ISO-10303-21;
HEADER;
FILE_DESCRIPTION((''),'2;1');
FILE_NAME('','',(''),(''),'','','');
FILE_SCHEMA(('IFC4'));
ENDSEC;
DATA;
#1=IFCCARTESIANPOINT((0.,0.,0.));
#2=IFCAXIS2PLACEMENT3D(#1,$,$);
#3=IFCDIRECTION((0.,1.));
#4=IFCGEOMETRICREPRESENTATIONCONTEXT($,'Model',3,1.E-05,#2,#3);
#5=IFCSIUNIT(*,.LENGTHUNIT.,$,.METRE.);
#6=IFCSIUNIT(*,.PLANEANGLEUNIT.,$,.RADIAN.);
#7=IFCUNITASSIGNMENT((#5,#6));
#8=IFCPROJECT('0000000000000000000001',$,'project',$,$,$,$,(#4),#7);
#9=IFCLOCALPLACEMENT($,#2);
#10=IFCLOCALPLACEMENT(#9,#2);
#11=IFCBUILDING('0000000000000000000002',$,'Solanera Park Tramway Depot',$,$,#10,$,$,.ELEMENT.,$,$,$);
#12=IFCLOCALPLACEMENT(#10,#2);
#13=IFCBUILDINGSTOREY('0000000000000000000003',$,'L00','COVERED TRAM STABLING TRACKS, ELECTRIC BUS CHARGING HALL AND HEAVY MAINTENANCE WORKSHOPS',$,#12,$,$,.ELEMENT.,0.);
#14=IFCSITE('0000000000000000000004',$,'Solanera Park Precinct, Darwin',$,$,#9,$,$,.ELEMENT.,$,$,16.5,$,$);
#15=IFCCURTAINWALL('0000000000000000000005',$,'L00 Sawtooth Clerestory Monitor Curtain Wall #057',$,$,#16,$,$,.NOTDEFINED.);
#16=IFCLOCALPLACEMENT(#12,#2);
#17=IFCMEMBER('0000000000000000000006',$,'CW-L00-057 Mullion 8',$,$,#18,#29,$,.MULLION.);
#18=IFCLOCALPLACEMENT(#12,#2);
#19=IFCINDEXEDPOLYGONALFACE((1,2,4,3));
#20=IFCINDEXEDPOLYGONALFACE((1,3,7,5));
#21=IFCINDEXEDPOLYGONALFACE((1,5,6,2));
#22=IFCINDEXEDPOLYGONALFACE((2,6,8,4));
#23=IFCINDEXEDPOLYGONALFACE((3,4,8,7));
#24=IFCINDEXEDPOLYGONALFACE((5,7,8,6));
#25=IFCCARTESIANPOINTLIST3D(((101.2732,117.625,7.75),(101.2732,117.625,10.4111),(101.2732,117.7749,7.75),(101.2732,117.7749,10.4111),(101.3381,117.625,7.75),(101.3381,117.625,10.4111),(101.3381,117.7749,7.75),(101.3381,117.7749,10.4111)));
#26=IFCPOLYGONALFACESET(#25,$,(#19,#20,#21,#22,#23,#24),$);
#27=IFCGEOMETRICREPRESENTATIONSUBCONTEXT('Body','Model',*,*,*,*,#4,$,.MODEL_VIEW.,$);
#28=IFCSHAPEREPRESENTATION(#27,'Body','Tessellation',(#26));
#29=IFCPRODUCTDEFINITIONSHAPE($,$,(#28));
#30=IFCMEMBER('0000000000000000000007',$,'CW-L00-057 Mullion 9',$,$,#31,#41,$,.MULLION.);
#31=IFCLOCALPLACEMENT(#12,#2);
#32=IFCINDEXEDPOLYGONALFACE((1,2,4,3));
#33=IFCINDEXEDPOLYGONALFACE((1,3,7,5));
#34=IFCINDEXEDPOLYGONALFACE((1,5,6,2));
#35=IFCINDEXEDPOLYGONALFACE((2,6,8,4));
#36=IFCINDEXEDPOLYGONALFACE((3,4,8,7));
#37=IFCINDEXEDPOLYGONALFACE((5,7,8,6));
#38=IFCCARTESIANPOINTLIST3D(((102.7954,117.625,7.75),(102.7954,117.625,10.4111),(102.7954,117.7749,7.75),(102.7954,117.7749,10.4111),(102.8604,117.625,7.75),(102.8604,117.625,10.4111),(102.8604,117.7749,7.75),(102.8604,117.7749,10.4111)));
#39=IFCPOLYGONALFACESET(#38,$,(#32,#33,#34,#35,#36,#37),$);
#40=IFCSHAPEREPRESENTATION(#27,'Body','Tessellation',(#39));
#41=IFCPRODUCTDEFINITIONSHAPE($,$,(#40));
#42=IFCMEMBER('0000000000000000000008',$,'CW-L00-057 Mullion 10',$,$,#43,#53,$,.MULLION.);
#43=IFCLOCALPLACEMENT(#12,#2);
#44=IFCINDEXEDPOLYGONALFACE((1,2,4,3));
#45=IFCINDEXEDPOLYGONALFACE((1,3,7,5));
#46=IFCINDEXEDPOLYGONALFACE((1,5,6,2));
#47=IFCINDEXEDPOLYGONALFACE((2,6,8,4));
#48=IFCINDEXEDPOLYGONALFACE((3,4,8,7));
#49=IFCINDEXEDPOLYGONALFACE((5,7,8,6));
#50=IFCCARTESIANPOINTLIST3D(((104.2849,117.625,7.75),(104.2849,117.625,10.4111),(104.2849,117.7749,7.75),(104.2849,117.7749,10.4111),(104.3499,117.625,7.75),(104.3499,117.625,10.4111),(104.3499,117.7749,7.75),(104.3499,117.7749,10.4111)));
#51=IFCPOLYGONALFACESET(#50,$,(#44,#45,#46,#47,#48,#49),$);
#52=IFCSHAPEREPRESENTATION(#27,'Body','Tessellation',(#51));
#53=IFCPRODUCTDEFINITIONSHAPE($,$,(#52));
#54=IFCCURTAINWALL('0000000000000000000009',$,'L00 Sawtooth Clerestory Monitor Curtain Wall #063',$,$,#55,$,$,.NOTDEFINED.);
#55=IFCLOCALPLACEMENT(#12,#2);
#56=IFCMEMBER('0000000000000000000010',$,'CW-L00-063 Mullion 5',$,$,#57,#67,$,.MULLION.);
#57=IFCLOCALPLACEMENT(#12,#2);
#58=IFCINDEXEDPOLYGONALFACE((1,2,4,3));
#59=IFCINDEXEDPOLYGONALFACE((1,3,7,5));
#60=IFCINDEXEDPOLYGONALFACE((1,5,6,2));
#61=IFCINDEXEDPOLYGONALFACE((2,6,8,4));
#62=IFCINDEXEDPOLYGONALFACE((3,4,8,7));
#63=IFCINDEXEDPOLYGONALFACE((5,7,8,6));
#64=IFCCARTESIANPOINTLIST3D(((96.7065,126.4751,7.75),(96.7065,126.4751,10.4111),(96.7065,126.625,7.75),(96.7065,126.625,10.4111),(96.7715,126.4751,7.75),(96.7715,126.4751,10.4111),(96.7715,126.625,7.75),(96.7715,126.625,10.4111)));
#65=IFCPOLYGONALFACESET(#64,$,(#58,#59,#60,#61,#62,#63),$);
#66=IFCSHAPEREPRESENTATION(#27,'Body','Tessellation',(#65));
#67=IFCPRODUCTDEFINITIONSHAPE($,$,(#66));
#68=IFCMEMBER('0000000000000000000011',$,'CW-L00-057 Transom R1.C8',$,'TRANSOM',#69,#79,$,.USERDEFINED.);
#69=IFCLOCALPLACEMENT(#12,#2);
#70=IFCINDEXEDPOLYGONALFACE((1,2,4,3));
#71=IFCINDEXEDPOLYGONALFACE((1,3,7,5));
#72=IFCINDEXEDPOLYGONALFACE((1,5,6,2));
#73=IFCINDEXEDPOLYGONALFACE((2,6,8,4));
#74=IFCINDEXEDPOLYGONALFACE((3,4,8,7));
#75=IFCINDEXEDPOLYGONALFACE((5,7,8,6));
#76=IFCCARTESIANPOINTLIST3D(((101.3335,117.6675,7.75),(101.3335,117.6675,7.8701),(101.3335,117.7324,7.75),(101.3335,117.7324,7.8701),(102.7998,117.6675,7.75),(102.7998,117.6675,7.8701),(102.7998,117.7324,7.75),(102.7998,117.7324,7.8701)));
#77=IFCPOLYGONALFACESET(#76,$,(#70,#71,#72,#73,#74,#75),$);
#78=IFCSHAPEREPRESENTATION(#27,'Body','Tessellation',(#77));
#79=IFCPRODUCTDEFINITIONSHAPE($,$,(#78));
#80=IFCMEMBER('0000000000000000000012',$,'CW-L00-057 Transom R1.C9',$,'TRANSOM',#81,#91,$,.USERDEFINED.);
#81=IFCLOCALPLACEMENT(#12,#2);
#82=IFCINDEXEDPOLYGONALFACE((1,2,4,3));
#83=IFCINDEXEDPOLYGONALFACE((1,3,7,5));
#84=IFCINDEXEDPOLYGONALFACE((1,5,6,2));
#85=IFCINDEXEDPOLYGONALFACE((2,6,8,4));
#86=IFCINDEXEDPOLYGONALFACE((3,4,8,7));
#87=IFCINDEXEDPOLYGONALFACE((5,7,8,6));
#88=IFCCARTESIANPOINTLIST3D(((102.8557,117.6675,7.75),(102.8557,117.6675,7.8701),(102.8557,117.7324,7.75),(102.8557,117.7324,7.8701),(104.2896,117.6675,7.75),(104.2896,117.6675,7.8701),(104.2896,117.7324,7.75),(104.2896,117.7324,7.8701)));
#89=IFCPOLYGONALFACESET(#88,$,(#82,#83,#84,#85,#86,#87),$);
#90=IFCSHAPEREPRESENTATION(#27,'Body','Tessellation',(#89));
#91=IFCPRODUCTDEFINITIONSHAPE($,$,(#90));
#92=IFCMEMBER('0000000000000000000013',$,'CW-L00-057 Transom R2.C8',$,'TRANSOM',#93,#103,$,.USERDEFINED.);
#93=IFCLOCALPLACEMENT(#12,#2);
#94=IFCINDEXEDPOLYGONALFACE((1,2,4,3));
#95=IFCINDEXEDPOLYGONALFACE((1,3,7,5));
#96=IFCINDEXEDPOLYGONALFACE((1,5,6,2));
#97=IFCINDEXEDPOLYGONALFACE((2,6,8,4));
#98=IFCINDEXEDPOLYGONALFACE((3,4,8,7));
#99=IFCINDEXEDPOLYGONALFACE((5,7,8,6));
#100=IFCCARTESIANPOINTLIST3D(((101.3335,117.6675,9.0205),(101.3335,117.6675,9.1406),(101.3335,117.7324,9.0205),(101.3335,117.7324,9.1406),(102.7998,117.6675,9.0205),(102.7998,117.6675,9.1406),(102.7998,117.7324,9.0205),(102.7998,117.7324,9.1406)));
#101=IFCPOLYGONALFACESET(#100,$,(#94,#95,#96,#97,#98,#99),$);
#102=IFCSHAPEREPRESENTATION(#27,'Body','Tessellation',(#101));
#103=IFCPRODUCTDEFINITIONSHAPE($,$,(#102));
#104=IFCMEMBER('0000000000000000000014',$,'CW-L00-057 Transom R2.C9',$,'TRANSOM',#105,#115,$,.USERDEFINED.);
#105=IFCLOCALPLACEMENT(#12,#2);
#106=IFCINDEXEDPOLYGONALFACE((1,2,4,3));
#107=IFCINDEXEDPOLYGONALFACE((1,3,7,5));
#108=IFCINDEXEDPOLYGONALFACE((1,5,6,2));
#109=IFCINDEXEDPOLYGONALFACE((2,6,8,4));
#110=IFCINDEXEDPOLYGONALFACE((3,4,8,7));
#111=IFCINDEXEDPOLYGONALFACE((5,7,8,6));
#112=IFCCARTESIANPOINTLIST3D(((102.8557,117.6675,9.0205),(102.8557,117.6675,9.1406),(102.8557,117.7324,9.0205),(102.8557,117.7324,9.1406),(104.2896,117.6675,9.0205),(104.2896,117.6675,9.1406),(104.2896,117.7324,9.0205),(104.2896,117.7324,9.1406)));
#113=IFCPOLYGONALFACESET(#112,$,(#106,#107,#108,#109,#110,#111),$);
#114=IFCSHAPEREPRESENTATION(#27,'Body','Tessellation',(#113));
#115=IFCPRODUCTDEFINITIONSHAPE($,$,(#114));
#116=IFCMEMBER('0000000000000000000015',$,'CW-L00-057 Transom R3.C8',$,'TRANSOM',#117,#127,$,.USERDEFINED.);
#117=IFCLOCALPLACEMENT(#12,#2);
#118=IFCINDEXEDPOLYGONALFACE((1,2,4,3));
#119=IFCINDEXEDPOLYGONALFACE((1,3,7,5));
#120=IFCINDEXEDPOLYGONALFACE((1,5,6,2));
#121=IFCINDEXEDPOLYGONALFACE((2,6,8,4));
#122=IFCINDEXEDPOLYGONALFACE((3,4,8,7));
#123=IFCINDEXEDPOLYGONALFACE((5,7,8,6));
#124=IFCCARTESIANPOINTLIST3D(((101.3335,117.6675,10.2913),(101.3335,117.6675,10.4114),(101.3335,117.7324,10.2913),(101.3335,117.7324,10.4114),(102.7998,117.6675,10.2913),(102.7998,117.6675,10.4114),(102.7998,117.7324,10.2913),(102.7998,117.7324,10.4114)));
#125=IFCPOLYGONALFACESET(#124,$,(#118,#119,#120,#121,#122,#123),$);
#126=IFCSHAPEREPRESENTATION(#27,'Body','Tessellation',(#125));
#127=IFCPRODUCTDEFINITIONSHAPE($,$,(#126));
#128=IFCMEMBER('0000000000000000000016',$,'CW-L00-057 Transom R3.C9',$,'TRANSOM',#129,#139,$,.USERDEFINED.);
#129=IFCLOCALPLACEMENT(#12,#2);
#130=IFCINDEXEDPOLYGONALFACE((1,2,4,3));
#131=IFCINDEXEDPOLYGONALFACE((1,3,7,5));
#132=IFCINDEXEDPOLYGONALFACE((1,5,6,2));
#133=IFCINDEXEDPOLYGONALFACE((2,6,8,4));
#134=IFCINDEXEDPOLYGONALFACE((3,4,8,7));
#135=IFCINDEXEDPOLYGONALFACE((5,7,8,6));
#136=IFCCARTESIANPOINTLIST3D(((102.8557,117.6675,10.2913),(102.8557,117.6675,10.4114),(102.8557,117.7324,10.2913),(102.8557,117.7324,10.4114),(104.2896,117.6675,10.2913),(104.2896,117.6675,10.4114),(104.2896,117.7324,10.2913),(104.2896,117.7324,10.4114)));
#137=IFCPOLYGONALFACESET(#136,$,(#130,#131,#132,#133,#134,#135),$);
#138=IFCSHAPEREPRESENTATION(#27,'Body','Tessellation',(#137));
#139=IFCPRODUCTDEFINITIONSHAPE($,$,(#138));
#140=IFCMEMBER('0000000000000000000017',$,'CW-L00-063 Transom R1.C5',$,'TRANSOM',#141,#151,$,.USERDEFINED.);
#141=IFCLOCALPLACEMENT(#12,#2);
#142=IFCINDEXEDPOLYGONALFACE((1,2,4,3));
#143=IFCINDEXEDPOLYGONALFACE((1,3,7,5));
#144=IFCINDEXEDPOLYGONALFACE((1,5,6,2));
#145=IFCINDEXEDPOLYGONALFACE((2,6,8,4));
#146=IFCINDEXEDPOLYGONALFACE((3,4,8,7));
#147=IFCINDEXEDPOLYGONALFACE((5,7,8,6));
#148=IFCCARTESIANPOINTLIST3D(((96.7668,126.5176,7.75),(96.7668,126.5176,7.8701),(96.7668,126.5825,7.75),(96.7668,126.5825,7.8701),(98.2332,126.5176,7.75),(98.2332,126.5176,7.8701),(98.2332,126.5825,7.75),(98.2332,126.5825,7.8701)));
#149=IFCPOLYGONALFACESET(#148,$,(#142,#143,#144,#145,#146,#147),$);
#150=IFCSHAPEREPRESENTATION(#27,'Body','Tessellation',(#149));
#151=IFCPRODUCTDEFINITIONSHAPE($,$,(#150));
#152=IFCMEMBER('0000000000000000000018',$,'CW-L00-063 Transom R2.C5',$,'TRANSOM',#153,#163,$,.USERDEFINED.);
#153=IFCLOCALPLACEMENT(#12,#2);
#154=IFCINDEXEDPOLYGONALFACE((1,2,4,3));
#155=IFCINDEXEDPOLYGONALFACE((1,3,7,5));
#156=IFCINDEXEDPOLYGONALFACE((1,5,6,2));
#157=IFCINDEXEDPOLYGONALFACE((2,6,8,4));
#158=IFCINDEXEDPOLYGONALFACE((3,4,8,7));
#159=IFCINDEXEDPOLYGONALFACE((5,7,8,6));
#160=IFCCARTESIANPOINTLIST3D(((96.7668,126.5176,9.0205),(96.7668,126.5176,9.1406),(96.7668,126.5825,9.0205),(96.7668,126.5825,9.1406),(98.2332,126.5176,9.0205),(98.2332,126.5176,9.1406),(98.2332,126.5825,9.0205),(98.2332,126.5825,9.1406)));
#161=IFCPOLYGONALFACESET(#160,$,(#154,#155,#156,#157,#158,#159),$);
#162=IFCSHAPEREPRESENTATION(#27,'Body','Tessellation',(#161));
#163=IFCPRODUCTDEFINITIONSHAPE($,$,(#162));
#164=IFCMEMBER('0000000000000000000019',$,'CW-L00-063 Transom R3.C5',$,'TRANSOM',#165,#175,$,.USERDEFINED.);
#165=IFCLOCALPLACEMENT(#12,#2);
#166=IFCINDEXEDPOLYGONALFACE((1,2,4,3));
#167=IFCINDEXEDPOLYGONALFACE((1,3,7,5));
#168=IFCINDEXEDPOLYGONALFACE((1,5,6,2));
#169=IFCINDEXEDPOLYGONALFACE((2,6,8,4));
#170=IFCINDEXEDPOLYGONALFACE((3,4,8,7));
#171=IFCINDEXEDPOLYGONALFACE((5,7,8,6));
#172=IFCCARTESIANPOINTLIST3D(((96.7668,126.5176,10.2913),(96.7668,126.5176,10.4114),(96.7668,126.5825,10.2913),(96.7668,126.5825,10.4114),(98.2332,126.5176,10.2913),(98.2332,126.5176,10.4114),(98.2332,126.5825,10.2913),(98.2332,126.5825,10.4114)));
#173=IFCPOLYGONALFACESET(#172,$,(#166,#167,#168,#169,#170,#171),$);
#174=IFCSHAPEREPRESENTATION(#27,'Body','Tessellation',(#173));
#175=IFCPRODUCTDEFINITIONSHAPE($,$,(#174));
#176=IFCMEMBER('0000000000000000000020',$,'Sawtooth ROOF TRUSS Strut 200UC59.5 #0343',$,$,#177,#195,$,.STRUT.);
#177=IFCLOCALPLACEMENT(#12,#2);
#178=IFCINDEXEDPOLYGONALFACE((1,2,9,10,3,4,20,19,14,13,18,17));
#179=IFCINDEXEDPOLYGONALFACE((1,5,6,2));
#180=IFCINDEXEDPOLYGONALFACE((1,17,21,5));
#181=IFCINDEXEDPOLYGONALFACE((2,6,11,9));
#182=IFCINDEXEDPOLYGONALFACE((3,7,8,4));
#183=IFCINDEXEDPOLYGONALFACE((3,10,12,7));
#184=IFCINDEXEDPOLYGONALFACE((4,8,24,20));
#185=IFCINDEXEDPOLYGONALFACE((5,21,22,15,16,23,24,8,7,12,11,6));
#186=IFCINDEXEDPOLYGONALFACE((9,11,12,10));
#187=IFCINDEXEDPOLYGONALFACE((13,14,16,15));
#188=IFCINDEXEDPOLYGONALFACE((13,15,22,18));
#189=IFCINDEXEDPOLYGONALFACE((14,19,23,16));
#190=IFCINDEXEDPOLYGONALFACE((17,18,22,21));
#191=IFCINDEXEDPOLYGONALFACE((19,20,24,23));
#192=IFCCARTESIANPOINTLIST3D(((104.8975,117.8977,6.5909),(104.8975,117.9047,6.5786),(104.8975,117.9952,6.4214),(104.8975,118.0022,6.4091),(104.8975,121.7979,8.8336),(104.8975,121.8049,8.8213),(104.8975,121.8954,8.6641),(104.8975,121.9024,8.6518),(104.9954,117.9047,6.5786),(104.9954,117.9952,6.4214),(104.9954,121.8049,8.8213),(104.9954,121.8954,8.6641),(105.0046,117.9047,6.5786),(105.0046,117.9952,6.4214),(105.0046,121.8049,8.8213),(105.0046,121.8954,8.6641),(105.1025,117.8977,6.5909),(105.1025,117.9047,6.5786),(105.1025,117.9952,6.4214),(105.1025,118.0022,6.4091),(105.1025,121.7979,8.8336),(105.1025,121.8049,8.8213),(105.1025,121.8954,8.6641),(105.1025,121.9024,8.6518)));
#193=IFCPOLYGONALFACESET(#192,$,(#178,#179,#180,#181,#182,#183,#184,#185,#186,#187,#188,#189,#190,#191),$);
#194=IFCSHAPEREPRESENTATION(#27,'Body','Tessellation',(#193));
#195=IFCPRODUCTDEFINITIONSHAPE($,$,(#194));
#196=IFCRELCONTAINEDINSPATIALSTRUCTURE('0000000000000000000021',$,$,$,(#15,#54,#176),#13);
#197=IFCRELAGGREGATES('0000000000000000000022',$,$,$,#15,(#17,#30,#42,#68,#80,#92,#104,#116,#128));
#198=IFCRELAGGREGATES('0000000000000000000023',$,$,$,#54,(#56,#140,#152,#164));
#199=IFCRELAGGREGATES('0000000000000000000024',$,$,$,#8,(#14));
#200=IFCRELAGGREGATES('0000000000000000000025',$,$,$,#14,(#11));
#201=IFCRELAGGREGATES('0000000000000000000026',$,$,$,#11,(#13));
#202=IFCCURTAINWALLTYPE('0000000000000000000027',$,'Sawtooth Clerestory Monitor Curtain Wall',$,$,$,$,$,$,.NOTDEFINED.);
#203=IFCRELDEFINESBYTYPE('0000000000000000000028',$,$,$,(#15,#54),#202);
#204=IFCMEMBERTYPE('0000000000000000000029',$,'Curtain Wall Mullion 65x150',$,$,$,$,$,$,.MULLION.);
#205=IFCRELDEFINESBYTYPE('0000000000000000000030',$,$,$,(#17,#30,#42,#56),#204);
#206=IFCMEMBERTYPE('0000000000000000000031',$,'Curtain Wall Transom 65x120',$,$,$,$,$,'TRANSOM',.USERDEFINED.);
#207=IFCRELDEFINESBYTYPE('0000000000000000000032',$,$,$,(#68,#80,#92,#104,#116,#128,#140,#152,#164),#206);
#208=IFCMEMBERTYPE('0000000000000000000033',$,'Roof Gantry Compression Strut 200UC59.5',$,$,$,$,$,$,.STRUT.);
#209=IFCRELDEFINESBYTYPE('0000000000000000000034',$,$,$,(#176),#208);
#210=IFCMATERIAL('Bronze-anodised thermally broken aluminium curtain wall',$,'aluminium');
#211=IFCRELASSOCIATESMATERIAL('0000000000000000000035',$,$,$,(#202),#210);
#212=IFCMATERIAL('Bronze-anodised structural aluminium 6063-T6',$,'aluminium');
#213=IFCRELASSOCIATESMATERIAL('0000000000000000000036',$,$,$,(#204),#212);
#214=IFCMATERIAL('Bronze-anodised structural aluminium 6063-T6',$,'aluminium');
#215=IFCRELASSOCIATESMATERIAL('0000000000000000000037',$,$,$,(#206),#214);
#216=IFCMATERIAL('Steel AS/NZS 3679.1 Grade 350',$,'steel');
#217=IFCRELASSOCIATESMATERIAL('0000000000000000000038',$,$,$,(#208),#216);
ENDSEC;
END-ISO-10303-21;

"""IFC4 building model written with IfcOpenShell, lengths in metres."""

from ifc_helpers import new_model, si_unit, direction, frame, origin, origin_2d, place, context, subcontext, project, spatial, rectangle, i_section, extrude, material, material_profile, profile_set, type_object, element, aggregate, save


model = new_model("IFC4")

# Units and contexts
model_context = context("Model", 3, precision=1e-05, world=origin(), true_north=direction((0.0, 1.0)))
body_context = subcontext(model_context, "Body", "Model", "MODEL_VIEW")
ifc_project = project(units=[si_unit("LENGTHUNIT", "METRE"), si_unit("PLANEANGLEUNIT", "RADIAN")], contexts=[model_context])

# Site, building, storey
site_placement = place(None, origin())
site = spatial("IfcSite", under=ifc_project, at=site_placement, Name="Solanera Park Precinct, Darwin", CompositionType="ELEMENT", RefElevation=16.5)
building_placement = place(site_placement, origin())
building = spatial("IfcBuilding", under=site, at=building_placement, Name="Solanera Park Tramway Depot", CompositionType="ELEMENT")
storey_placement = place(building_placement, origin())
storey = spatial("IfcBuildingStorey", under=building, at=storey_placement, Name="L00", Description="COVERED TRAM STABLING TRACKS, ELECTRIC BUS CHARGING HALL AND HEAVY MAINTENANCE WORKSHOPS", CompositionType="ELEMENT", Elevation=0.0)

# Curtain wall, members
ifc_material_1 = material(Name="Bronze-anodised thermally broken aluminium curtain wall", Category="aluminium")
curtain_wall_type = type_object("IfcCurtainWallType", Name="Sawtooth Clerestory Monitor Curtain Wall", PredefinedType="NOTDEFINED", material=ifc_material_1)
curtain_wall_1_placement = place(storey_placement, origin())
curtain_wall_1 = element("IfcCurtainWall", 1, at=curtain_wall_1_placement, inside=storey, type_object=curtain_wall_type, Name="L00 Sawtooth Clerestory Monitor Curtain Wall #057", PredefinedType="NOTDEFINED")
ifc_material_2 = material(Name="Bronze-anodised structural aluminium 6063-T6", Category="aluminium")
ifc_material_profile_1 = material_profile(ifc_material_2, rectangle(XDim=0.0649, YDim=0.1499, at=origin_2d()), Name="Curtain Wall Mullion 65x150")
ifc_profile_set_1 = profile_set([ifc_material_profile_1], Name="Bronze-anodised structural aluminium 6063-T6")
member_type_1 = type_object("IfcMemberType", Name="Curtain Wall Mullion 65x150", PredefinedType="MULLION", material=ifc_profile_set_1)
member_1_placement = place(storey_placement, frame((101.3057, 117.7, 7.75), z_axis=(0.0, 0.0, 1.0), x_axis=(1.0, 0.0, 0.0)))
member_1 = element("IfcMember", 2, at=member_1_placement, type_object=member_type_1, Name="CW-L00-057 Mullion 8", PredefinedType="MULLION", context=body_context, shape_type="SweptSolid", body=[
    extrude(rectangle(XDim=0.0649, YDim=0.1499, at=origin_2d()), origin(), (0.0, 0.0, 1.0), 2.6611),
])
member_2_placement = place(storey_placement, frame((102.8279, 117.7, 7.75), z_axis=(0.0, 0.0, 1.0), x_axis=(1.0, 0.0, 0.0)))
member_2 = element("IfcMember", 3, at=member_2_placement, type_object=member_type_1, Name="CW-L00-057 Mullion 9", PredefinedType="MULLION", context=body_context, shape_type="SweptSolid", body=[
    extrude(rectangle(XDim=0.0649, YDim=0.1499, at=origin_2d()), origin(), (0.0, 0.0, 1.0), 2.6611),
])
member_3_placement = place(storey_placement, frame((104.3174, 117.7, 7.75), z_axis=(0.0, 0.0, 1.0), x_axis=(1.0, 0.0, 0.0)))
member_3 = element("IfcMember", 4, at=member_3_placement, type_object=member_type_1, Name="CW-L00-057 Mullion 10", PredefinedType="MULLION", context=body_context, shape_type="SweptSolid", body=[
    extrude(rectangle(XDim=0.0649, YDim=0.1499, at=origin_2d()), origin(), (0.0, 0.0, 1.0), 2.6611),
])

# Curtain wall, member
curtain_wall_2_placement = place(storey_placement, origin())
curtain_wall_2 = element("IfcCurtainWall", 5, at=curtain_wall_2_placement, inside=storey, type_object=curtain_wall_type, Name="L00 Sawtooth Clerestory Monitor Curtain Wall #063", PredefinedType="NOTDEFINED")
member_4_placement = place(storey_placement, frame((96.739, 126.55, 7.75), z_axis=(0.0, 0.0, 1.0), x_axis=(1.0, 0.0, 0.0)))
member_4 = element("IfcMember", 6, at=member_4_placement, type_object=member_type_1, Name="CW-L00-063 Mullion 5", PredefinedType="MULLION", context=body_context, shape_type="SweptSolid", body=[
    extrude(rectangle(XDim=0.0649, YDim=0.1499, at=origin_2d()), origin(), (0.0, 0.0, 1.0), 2.6611),
])

# Members
ifc_material_3 = material(Name="Bronze-anodised structural aluminium 6063-T6", Category="aluminium")
ifc_material_profile_2 = material_profile(ifc_material_3, rectangle(XDim=0.0649, YDim=0.1201, at=origin_2d()), Name="Curtain Wall Transom 65x120")
ifc_profile_set_2 = profile_set([ifc_material_profile_2], Name="Bronze-anodised structural aluminium 6063-T6")
member_type_2 = type_object("IfcMemberType", Name="Curtain Wall Transom 65x120", ElementType="TRANSOM", PredefinedType="USERDEFINED", material=ifc_profile_set_2)
member_5_placement = place(storey_placement, frame((101.3335, 117.7, 7.8101), z_axis=(1.0, 0.0, 0.0), x_axis=(0.0, 1.0, 0.0)))
member_5 = element("IfcMember", 7, at=member_5_placement, type_object=member_type_2, Name="CW-L00-057 Transom R1.C8", ObjectType="TRANSOM", PredefinedType="USERDEFINED", context=body_context, shape_type="SweptSolid", body=[
    extrude(rectangle(XDim=0.0649, YDim=0.1201, at=origin_2d()), origin(), (0.0, 0.0, 1.0), 1.4663),
])
member_6_placement = place(storey_placement, frame((102.8557, 117.7, 7.8101), z_axis=(1.0, 0.0, 0.0), x_axis=(0.0, 1.0, 0.0)))
member_6 = element("IfcMember", 8, at=member_6_placement, type_object=member_type_2, Name="CW-L00-057 Transom R1.C9", ObjectType="TRANSOM", PredefinedType="USERDEFINED", context=body_context, shape_type="SweptSolid", body=[
    extrude(rectangle(XDim=0.0649, YDim=0.1201, at=origin_2d()), origin(), (0.0, 0.0, 1.0), 1.4338),
])
member_7_placement = place(storey_placement, frame((101.3335, 117.7, 9.0806), z_axis=(1.0, 0.0, 0.0), x_axis=(0.0, 1.0, 0.0)))
member_7 = element("IfcMember", 9, at=member_7_placement, type_object=member_type_2, Name="CW-L00-057 Transom R2.C8", ObjectType="TRANSOM", PredefinedType="USERDEFINED", context=body_context, shape_type="SweptSolid", body=[
    extrude(rectangle(XDim=0.0649, YDim=0.1201, at=origin_2d()), origin(), (0.0, 0.0, 1.0), 1.4663),
])
member_8_placement = place(storey_placement, frame((102.8557, 117.7, 9.0806), z_axis=(1.0, 0.0, 0.0), x_axis=(0.0, 1.0, 0.0)))
member_8 = element("IfcMember", 10, at=member_8_placement, type_object=member_type_2, Name="CW-L00-057 Transom R2.C9", ObjectType="TRANSOM", PredefinedType="USERDEFINED", context=body_context, shape_type="SweptSolid", body=[
    extrude(rectangle(XDim=0.0649, YDim=0.1201, at=origin_2d()), origin(), (0.0, 0.0, 1.0), 1.4338),
])
member_9_placement = place(storey_placement, frame((101.3335, 117.7, 10.3513), z_axis=(1.0, 0.0, 0.0), x_axis=(0.0, 1.0, 0.0)))
member_9 = element("IfcMember", 11, at=member_9_placement, type_object=member_type_2, Name="CW-L00-057 Transom R3.C8", ObjectType="TRANSOM", PredefinedType="USERDEFINED", context=body_context, shape_type="SweptSolid", body=[
    extrude(rectangle(XDim=0.0649, YDim=0.1201, at=origin_2d()), origin(), (0.0, 0.0, 1.0), 1.4663),
])
member_10_placement = place(storey_placement, frame((102.8557, 117.7, 10.3513), z_axis=(1.0, 0.0, 0.0), x_axis=(0.0, 1.0, 0.0)))
member_10 = element("IfcMember", 12, at=member_10_placement, type_object=member_type_2, Name="CW-L00-057 Transom R3.C9", ObjectType="TRANSOM", PredefinedType="USERDEFINED", context=body_context, shape_type="SweptSolid", body=[
    extrude(rectangle(XDim=0.0649, YDim=0.1201, at=origin_2d()), origin(), (0.0, 0.0, 1.0), 1.4338),
])
member_11_placement = place(storey_placement, frame((96.7668, 126.55, 7.8101), z_axis=(1.0, 0.0, 0.0), x_axis=(0.0, 1.0, 0.0)))
member_11 = element("IfcMember", 13, at=member_11_placement, type_object=member_type_2, Name="CW-L00-063 Transom R1.C5", ObjectType="TRANSOM", PredefinedType="USERDEFINED", context=body_context, shape_type="SweptSolid", body=[
    extrude(rectangle(XDim=0.0649, YDim=0.1201, at=origin_2d()), origin(), (0.0, 0.0, 1.0), 1.4663),
])
member_12_placement = place(storey_placement, frame((96.7668, 126.55, 9.0806), z_axis=(1.0, 0.0, 0.0), x_axis=(0.0, 1.0, 0.0)))
member_12 = element("IfcMember", 14, at=member_12_placement, type_object=member_type_2, Name="CW-L00-063 Transom R2.C5", ObjectType="TRANSOM", PredefinedType="USERDEFINED", context=body_context, shape_type="SweptSolid", body=[
    extrude(rectangle(XDim=0.0649, YDim=0.1201, at=origin_2d()), origin(), (0.0, 0.0, 1.0), 1.4663),
])
member_13_placement = place(storey_placement, frame((96.7668, 126.55, 10.3513), z_axis=(1.0, 0.0, 0.0), x_axis=(0.0, 1.0, 0.0)))
member_13 = element("IfcMember", 15, at=member_13_placement, type_object=member_type_2, Name="CW-L00-063 Transom R3.C5", ObjectType="TRANSOM", PredefinedType="USERDEFINED", context=body_context, shape_type="SweptSolid", body=[
    extrude(rectangle(XDim=0.0649, YDim=0.1201, at=origin_2d()), origin(), (0.0, 0.0, 1.0), 1.4663),
])

# Member
ifc_material_4 = material(Name="Steel AS/NZS 3679.1 Grade 350", Category="steel")
ifc_material_profile_3 = material_profile(ifc_material_4, i_section(OverallWidth=0.2051, OverallDepth=0.2097, WebThickness=0.0093, FlangeThickness=0.0142, at=origin_2d()), Name="200UC59.5")
ifc_profile_set_3 = profile_set([ifc_material_profile_3], Name="Steel AS/NZS 3679.1 Grade 350")
member_type_3 = type_object("IfcMemberType", Name="Roof Gantry Compression Strut 200UC59.5", PredefinedType="STRUT", material=ifc_profile_set_3)
member_14_placement = place(storey_placement, frame((105.0, 117.95, 6.5), z_axis=(0.0, 0.866898, 0.498486), x_axis=(-1.0, 0.0, 0.0)))
element("IfcMember", 16, at=member_14_placement, inside=storey, type_object=member_type_3, Name="Sawtooth ROOF TRUSS Strut 200UC59.5 #0343", PredefinedType="STRUT", context=body_context, shape_type="SweptSolid", body=[
    extrude(i_section(OverallWidth=0.2051, OverallDepth=0.2097, WebThickness=0.0093, FlangeThickness=0.0142, at=origin_2d()), origin(), (0.0, 0.0, 1.0), 4.499),
])

aggregate(curtain_wall_1, [member_1, member_2, member_3, member_5, member_6, member_7, member_8, member_9, member_10])
aggregate(curtain_wall_2, [member_4, member_11, member_12, member_13])

save(model, "model.ifc")
